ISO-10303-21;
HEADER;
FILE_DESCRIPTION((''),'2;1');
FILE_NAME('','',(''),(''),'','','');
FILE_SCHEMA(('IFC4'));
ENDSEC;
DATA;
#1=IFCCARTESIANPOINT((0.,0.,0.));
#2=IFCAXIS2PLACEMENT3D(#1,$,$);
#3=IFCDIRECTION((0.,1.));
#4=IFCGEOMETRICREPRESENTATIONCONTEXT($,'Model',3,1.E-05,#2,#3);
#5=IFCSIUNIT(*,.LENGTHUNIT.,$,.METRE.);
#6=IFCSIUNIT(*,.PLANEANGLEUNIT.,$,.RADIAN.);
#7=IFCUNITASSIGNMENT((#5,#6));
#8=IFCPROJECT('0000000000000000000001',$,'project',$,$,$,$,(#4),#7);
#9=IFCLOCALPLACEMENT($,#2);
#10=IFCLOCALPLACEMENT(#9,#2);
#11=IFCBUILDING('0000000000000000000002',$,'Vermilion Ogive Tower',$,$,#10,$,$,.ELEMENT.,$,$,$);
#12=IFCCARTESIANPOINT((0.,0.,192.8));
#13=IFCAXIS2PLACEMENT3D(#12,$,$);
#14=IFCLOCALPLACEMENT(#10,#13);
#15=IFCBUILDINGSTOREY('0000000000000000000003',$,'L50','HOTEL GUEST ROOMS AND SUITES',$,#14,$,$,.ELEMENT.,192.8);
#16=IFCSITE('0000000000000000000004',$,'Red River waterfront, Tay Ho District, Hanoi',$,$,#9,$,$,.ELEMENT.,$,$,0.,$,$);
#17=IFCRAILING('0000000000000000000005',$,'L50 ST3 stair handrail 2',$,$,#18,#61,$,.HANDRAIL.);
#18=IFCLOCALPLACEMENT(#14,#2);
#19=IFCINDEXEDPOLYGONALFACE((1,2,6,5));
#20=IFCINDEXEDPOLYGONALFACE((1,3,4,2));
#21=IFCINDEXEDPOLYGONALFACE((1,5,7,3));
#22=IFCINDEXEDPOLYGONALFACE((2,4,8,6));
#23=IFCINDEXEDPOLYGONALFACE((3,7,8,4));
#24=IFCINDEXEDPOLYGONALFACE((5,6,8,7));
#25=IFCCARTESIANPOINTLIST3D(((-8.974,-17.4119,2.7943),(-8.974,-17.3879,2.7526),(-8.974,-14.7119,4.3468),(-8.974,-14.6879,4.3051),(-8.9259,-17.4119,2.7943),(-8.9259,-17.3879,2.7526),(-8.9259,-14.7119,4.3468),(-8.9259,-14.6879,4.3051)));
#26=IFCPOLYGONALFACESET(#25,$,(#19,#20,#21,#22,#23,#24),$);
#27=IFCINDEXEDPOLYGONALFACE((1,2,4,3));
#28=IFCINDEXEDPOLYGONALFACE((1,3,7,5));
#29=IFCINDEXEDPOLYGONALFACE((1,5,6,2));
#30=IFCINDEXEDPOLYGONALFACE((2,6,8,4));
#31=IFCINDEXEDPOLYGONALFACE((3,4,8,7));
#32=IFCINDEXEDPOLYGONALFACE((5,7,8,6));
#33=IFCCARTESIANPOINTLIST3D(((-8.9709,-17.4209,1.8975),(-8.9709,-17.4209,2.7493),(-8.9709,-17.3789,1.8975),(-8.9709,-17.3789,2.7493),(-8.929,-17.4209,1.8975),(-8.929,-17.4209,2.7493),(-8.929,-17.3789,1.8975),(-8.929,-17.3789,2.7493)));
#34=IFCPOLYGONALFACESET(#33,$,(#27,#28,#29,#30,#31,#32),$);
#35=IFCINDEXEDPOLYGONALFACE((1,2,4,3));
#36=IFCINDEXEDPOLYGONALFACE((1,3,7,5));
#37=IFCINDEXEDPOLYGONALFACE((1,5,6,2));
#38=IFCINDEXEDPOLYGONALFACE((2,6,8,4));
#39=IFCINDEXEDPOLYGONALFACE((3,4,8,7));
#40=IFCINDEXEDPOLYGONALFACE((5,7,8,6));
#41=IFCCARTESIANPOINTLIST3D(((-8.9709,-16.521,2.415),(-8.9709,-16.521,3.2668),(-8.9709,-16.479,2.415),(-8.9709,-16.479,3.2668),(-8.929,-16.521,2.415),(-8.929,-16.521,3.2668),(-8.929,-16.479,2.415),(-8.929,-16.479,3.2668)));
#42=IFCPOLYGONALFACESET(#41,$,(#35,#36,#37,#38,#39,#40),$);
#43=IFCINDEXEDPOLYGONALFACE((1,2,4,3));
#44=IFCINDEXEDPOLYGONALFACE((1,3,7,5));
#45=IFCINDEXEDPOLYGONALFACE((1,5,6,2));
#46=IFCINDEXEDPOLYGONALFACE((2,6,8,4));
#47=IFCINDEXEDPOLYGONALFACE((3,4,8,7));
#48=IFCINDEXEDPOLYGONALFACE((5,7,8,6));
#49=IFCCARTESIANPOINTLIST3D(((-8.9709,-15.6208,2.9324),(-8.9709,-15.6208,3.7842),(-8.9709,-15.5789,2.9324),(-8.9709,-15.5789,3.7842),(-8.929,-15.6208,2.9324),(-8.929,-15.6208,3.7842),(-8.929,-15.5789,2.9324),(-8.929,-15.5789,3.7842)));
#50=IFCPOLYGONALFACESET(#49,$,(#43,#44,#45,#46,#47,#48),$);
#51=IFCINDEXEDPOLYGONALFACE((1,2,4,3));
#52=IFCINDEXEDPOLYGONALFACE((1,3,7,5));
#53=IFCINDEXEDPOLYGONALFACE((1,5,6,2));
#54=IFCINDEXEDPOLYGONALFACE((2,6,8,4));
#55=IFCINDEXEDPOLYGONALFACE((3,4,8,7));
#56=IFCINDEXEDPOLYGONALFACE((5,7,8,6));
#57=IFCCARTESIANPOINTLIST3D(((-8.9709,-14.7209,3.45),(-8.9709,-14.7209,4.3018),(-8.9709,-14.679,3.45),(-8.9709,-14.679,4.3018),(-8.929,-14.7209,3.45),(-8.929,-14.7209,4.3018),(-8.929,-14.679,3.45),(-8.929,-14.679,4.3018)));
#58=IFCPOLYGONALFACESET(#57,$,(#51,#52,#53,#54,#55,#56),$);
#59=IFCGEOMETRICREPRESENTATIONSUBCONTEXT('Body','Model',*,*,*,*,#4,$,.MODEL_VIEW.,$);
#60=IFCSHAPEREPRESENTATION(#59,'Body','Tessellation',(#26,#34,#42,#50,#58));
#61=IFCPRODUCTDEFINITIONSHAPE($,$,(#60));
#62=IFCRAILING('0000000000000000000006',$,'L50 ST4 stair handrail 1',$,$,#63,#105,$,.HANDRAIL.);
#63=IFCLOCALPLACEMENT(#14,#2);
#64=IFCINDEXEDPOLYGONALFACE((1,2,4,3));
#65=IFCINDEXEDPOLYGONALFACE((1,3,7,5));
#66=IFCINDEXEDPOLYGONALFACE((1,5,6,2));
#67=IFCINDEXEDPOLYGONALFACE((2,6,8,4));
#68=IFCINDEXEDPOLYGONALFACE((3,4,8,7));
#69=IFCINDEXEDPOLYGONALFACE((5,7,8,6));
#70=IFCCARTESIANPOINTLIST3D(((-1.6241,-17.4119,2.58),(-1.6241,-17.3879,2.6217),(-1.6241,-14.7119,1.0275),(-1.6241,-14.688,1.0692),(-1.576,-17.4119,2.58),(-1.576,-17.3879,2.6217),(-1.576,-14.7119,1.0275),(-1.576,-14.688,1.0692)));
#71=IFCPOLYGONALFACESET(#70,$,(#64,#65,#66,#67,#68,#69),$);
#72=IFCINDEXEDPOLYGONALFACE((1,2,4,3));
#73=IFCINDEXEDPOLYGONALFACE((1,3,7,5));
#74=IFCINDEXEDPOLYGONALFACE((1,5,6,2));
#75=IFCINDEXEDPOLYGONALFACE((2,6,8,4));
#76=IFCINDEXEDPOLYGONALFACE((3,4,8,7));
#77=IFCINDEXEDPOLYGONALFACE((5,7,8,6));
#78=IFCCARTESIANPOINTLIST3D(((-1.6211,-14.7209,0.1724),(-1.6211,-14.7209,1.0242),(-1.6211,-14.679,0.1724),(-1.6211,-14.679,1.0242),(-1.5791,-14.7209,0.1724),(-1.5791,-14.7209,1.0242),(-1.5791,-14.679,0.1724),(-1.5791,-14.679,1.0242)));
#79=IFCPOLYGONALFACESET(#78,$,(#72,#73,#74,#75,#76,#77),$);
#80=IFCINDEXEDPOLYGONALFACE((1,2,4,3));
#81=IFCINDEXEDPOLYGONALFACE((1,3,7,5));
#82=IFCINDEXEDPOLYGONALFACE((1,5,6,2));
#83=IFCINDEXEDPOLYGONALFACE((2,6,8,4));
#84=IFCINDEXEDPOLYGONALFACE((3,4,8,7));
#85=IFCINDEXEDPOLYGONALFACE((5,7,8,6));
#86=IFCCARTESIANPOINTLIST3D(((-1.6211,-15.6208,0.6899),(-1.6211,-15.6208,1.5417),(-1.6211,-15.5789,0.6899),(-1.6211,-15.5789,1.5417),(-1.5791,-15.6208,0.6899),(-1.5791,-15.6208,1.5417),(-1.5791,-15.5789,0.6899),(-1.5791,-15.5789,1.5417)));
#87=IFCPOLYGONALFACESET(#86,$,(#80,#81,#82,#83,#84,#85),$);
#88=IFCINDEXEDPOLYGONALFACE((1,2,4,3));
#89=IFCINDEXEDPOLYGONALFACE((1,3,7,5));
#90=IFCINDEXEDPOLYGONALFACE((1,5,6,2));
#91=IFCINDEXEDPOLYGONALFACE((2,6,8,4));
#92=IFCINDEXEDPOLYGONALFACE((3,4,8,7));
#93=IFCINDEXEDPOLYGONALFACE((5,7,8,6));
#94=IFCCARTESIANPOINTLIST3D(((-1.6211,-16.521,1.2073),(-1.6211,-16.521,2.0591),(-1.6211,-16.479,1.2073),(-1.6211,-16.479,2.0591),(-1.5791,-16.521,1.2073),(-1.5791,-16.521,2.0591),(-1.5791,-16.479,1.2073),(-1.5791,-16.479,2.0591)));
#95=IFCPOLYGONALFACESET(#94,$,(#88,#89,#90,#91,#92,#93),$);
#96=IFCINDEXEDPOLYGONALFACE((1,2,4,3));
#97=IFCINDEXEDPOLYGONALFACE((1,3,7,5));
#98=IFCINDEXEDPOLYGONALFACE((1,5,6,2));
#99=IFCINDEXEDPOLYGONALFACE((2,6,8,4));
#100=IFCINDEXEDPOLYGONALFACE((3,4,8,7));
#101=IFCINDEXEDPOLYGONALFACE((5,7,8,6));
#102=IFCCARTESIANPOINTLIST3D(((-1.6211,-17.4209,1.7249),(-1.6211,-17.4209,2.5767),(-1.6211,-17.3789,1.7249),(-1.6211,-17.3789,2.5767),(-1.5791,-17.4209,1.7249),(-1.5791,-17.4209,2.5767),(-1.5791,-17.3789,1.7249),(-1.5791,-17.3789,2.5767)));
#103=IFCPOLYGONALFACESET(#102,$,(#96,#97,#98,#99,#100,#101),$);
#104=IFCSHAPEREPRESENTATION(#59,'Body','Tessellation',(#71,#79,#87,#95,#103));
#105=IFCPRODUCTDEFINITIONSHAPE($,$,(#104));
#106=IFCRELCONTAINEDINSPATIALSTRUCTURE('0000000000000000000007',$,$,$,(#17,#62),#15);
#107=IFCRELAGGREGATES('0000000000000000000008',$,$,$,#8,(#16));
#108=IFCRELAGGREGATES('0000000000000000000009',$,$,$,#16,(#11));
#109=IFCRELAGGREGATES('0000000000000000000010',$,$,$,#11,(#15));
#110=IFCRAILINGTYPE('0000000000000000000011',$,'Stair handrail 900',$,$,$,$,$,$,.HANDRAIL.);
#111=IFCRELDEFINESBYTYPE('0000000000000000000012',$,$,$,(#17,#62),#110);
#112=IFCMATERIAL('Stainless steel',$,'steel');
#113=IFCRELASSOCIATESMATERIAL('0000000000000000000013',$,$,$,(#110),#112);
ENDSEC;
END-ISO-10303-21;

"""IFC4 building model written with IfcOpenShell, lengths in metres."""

from ifc_helpers import new_model, si_unit, direction, frame, origin, origin_2d, place, context, subcontext, project, spatial, rectangle, extrude, material, type_object, element, save


model = new_model("IFC4")

# Units and contexts
model_context = context("Model", 3, precision=1e-05, world=origin(), true_north=direction((0.0, 1.0)))
body_context = subcontext(model_context, "Body", "Model", "MODEL_VIEW")
ifc_project = project(units=[si_unit("LENGTHUNIT", "METRE"), si_unit("PLANEANGLEUNIT", "RADIAN")], contexts=[model_context])

# Site, building, storey
site_placement = place(None, origin())
site = spatial("IfcSite", under=ifc_project, at=site_placement, Name="Red River waterfront, Tay Ho District, Hanoi", CompositionType="ELEMENT", RefElevation=0.0)
building_placement = place(site_placement, origin())
building = spatial("IfcBuilding", under=site, at=building_placement, Name="Vermilion Ogive Tower", CompositionType="ELEMENT")
storey_placement = place(building_placement, frame((0.0, 0.0, 192.8)))
storey = spatial("IfcBuildingStorey", under=building, at=storey_placement, Name="L50", Description="HOTEL GUEST ROOMS AND SUITES", CompositionType="ELEMENT", Elevation=192.8)

# Railings
ifc_material_1 = material(Name="Stainless steel", Category="steel")
railing_type_1 = type_object("IfcRailingType", Name="Stair handrail 900", PredefinedType="HANDRAIL", material=ifc_material_1)
railing_1_placement = place(storey_placement, frame((-8.95, -17.3999, 1.8975)))
element("IfcRailing", 1, at=railing_1_placement, inside=storey, type_object=railing_type_1, Name="L50 ST3 stair handrail 2", PredefinedType="HANDRAIL", context=body_context, shape_type="SweptSolid", body=[
    extrude(rectangle(XDim=0.0481, YDim=0.0481, at=origin_2d()), frame((0.0, 0.0, 0.876), z_axis=(0.0, 0.866904, 0.498476), x_axis=(-1.0, 0.0, 0.0)), (0.0, 0.0, 1.0), 3.1145),
    extrude(rectangle(XDim=0.042, YDim=0.042, at=origin_2d()), origin(), (0.0, 0.0, 1.0), 0.8518),
    extrude(rectangle(XDim=0.042, YDim=0.042, at=origin_2d()), frame((0.0, 0.8999, 0.5176)), (0.0, 0.0, 1.0), 0.8518),
    extrude(rectangle(XDim=0.042, YDim=0.042, at=origin_2d()), frame((0.0, 1.8, 1.0349)), (0.0, 0.0, 1.0), 0.8518),
    extrude(rectangle(XDim=0.042, YDim=0.042, at=origin_2d()), frame((0.0, 2.7, 1.5525)), (0.0, 0.0, 1.0), 0.8518),
])
railing_2_placement = place(storey_placement, frame((-1.6001, -14.7, 0.1724)))
element("IfcRailing", 2, at=railing_2_placement, inside=storey, type_object=railing_type_1, Name="L50 ST4 stair handrail 1", PredefinedType="HANDRAIL", context=body_context, shape_type="SweptSolid", body=[
    extrude(rectangle(XDim=0.0481, YDim=0.0481, at=origin_2d()), frame((0.0, 0.0, 0.876), z_axis=(0.0, -0.866904, 0.498476), x_axis=(1.0, 0.0, 0.0)), (0.0, 0.0, 1.0), 3.1145),
    extrude(rectangle(XDim=0.042, YDim=0.042, at=origin_2d()), origin(), (0.0, 0.0, 1.0), 0.8518),
    extrude(rectangle(XDim=0.042, YDim=0.042, at=origin_2d()), frame((0.0, -0.8999, 0.5176)), (0.0, 0.0, 1.0), 0.8518),
    extrude(rectangle(XDim=0.042, YDim=0.042, at=origin_2d()), frame((0.0, -1.8, 1.0349)), (0.0, 0.0, 1.0), 0.8518),
    extrude(rectangle(XDim=0.042, YDim=0.042, at=origin_2d()), frame((0.0, -2.7, 1.5525)), (0.0, 0.0, 1.0), 0.8518),
])

save(model, "model.ifc")
